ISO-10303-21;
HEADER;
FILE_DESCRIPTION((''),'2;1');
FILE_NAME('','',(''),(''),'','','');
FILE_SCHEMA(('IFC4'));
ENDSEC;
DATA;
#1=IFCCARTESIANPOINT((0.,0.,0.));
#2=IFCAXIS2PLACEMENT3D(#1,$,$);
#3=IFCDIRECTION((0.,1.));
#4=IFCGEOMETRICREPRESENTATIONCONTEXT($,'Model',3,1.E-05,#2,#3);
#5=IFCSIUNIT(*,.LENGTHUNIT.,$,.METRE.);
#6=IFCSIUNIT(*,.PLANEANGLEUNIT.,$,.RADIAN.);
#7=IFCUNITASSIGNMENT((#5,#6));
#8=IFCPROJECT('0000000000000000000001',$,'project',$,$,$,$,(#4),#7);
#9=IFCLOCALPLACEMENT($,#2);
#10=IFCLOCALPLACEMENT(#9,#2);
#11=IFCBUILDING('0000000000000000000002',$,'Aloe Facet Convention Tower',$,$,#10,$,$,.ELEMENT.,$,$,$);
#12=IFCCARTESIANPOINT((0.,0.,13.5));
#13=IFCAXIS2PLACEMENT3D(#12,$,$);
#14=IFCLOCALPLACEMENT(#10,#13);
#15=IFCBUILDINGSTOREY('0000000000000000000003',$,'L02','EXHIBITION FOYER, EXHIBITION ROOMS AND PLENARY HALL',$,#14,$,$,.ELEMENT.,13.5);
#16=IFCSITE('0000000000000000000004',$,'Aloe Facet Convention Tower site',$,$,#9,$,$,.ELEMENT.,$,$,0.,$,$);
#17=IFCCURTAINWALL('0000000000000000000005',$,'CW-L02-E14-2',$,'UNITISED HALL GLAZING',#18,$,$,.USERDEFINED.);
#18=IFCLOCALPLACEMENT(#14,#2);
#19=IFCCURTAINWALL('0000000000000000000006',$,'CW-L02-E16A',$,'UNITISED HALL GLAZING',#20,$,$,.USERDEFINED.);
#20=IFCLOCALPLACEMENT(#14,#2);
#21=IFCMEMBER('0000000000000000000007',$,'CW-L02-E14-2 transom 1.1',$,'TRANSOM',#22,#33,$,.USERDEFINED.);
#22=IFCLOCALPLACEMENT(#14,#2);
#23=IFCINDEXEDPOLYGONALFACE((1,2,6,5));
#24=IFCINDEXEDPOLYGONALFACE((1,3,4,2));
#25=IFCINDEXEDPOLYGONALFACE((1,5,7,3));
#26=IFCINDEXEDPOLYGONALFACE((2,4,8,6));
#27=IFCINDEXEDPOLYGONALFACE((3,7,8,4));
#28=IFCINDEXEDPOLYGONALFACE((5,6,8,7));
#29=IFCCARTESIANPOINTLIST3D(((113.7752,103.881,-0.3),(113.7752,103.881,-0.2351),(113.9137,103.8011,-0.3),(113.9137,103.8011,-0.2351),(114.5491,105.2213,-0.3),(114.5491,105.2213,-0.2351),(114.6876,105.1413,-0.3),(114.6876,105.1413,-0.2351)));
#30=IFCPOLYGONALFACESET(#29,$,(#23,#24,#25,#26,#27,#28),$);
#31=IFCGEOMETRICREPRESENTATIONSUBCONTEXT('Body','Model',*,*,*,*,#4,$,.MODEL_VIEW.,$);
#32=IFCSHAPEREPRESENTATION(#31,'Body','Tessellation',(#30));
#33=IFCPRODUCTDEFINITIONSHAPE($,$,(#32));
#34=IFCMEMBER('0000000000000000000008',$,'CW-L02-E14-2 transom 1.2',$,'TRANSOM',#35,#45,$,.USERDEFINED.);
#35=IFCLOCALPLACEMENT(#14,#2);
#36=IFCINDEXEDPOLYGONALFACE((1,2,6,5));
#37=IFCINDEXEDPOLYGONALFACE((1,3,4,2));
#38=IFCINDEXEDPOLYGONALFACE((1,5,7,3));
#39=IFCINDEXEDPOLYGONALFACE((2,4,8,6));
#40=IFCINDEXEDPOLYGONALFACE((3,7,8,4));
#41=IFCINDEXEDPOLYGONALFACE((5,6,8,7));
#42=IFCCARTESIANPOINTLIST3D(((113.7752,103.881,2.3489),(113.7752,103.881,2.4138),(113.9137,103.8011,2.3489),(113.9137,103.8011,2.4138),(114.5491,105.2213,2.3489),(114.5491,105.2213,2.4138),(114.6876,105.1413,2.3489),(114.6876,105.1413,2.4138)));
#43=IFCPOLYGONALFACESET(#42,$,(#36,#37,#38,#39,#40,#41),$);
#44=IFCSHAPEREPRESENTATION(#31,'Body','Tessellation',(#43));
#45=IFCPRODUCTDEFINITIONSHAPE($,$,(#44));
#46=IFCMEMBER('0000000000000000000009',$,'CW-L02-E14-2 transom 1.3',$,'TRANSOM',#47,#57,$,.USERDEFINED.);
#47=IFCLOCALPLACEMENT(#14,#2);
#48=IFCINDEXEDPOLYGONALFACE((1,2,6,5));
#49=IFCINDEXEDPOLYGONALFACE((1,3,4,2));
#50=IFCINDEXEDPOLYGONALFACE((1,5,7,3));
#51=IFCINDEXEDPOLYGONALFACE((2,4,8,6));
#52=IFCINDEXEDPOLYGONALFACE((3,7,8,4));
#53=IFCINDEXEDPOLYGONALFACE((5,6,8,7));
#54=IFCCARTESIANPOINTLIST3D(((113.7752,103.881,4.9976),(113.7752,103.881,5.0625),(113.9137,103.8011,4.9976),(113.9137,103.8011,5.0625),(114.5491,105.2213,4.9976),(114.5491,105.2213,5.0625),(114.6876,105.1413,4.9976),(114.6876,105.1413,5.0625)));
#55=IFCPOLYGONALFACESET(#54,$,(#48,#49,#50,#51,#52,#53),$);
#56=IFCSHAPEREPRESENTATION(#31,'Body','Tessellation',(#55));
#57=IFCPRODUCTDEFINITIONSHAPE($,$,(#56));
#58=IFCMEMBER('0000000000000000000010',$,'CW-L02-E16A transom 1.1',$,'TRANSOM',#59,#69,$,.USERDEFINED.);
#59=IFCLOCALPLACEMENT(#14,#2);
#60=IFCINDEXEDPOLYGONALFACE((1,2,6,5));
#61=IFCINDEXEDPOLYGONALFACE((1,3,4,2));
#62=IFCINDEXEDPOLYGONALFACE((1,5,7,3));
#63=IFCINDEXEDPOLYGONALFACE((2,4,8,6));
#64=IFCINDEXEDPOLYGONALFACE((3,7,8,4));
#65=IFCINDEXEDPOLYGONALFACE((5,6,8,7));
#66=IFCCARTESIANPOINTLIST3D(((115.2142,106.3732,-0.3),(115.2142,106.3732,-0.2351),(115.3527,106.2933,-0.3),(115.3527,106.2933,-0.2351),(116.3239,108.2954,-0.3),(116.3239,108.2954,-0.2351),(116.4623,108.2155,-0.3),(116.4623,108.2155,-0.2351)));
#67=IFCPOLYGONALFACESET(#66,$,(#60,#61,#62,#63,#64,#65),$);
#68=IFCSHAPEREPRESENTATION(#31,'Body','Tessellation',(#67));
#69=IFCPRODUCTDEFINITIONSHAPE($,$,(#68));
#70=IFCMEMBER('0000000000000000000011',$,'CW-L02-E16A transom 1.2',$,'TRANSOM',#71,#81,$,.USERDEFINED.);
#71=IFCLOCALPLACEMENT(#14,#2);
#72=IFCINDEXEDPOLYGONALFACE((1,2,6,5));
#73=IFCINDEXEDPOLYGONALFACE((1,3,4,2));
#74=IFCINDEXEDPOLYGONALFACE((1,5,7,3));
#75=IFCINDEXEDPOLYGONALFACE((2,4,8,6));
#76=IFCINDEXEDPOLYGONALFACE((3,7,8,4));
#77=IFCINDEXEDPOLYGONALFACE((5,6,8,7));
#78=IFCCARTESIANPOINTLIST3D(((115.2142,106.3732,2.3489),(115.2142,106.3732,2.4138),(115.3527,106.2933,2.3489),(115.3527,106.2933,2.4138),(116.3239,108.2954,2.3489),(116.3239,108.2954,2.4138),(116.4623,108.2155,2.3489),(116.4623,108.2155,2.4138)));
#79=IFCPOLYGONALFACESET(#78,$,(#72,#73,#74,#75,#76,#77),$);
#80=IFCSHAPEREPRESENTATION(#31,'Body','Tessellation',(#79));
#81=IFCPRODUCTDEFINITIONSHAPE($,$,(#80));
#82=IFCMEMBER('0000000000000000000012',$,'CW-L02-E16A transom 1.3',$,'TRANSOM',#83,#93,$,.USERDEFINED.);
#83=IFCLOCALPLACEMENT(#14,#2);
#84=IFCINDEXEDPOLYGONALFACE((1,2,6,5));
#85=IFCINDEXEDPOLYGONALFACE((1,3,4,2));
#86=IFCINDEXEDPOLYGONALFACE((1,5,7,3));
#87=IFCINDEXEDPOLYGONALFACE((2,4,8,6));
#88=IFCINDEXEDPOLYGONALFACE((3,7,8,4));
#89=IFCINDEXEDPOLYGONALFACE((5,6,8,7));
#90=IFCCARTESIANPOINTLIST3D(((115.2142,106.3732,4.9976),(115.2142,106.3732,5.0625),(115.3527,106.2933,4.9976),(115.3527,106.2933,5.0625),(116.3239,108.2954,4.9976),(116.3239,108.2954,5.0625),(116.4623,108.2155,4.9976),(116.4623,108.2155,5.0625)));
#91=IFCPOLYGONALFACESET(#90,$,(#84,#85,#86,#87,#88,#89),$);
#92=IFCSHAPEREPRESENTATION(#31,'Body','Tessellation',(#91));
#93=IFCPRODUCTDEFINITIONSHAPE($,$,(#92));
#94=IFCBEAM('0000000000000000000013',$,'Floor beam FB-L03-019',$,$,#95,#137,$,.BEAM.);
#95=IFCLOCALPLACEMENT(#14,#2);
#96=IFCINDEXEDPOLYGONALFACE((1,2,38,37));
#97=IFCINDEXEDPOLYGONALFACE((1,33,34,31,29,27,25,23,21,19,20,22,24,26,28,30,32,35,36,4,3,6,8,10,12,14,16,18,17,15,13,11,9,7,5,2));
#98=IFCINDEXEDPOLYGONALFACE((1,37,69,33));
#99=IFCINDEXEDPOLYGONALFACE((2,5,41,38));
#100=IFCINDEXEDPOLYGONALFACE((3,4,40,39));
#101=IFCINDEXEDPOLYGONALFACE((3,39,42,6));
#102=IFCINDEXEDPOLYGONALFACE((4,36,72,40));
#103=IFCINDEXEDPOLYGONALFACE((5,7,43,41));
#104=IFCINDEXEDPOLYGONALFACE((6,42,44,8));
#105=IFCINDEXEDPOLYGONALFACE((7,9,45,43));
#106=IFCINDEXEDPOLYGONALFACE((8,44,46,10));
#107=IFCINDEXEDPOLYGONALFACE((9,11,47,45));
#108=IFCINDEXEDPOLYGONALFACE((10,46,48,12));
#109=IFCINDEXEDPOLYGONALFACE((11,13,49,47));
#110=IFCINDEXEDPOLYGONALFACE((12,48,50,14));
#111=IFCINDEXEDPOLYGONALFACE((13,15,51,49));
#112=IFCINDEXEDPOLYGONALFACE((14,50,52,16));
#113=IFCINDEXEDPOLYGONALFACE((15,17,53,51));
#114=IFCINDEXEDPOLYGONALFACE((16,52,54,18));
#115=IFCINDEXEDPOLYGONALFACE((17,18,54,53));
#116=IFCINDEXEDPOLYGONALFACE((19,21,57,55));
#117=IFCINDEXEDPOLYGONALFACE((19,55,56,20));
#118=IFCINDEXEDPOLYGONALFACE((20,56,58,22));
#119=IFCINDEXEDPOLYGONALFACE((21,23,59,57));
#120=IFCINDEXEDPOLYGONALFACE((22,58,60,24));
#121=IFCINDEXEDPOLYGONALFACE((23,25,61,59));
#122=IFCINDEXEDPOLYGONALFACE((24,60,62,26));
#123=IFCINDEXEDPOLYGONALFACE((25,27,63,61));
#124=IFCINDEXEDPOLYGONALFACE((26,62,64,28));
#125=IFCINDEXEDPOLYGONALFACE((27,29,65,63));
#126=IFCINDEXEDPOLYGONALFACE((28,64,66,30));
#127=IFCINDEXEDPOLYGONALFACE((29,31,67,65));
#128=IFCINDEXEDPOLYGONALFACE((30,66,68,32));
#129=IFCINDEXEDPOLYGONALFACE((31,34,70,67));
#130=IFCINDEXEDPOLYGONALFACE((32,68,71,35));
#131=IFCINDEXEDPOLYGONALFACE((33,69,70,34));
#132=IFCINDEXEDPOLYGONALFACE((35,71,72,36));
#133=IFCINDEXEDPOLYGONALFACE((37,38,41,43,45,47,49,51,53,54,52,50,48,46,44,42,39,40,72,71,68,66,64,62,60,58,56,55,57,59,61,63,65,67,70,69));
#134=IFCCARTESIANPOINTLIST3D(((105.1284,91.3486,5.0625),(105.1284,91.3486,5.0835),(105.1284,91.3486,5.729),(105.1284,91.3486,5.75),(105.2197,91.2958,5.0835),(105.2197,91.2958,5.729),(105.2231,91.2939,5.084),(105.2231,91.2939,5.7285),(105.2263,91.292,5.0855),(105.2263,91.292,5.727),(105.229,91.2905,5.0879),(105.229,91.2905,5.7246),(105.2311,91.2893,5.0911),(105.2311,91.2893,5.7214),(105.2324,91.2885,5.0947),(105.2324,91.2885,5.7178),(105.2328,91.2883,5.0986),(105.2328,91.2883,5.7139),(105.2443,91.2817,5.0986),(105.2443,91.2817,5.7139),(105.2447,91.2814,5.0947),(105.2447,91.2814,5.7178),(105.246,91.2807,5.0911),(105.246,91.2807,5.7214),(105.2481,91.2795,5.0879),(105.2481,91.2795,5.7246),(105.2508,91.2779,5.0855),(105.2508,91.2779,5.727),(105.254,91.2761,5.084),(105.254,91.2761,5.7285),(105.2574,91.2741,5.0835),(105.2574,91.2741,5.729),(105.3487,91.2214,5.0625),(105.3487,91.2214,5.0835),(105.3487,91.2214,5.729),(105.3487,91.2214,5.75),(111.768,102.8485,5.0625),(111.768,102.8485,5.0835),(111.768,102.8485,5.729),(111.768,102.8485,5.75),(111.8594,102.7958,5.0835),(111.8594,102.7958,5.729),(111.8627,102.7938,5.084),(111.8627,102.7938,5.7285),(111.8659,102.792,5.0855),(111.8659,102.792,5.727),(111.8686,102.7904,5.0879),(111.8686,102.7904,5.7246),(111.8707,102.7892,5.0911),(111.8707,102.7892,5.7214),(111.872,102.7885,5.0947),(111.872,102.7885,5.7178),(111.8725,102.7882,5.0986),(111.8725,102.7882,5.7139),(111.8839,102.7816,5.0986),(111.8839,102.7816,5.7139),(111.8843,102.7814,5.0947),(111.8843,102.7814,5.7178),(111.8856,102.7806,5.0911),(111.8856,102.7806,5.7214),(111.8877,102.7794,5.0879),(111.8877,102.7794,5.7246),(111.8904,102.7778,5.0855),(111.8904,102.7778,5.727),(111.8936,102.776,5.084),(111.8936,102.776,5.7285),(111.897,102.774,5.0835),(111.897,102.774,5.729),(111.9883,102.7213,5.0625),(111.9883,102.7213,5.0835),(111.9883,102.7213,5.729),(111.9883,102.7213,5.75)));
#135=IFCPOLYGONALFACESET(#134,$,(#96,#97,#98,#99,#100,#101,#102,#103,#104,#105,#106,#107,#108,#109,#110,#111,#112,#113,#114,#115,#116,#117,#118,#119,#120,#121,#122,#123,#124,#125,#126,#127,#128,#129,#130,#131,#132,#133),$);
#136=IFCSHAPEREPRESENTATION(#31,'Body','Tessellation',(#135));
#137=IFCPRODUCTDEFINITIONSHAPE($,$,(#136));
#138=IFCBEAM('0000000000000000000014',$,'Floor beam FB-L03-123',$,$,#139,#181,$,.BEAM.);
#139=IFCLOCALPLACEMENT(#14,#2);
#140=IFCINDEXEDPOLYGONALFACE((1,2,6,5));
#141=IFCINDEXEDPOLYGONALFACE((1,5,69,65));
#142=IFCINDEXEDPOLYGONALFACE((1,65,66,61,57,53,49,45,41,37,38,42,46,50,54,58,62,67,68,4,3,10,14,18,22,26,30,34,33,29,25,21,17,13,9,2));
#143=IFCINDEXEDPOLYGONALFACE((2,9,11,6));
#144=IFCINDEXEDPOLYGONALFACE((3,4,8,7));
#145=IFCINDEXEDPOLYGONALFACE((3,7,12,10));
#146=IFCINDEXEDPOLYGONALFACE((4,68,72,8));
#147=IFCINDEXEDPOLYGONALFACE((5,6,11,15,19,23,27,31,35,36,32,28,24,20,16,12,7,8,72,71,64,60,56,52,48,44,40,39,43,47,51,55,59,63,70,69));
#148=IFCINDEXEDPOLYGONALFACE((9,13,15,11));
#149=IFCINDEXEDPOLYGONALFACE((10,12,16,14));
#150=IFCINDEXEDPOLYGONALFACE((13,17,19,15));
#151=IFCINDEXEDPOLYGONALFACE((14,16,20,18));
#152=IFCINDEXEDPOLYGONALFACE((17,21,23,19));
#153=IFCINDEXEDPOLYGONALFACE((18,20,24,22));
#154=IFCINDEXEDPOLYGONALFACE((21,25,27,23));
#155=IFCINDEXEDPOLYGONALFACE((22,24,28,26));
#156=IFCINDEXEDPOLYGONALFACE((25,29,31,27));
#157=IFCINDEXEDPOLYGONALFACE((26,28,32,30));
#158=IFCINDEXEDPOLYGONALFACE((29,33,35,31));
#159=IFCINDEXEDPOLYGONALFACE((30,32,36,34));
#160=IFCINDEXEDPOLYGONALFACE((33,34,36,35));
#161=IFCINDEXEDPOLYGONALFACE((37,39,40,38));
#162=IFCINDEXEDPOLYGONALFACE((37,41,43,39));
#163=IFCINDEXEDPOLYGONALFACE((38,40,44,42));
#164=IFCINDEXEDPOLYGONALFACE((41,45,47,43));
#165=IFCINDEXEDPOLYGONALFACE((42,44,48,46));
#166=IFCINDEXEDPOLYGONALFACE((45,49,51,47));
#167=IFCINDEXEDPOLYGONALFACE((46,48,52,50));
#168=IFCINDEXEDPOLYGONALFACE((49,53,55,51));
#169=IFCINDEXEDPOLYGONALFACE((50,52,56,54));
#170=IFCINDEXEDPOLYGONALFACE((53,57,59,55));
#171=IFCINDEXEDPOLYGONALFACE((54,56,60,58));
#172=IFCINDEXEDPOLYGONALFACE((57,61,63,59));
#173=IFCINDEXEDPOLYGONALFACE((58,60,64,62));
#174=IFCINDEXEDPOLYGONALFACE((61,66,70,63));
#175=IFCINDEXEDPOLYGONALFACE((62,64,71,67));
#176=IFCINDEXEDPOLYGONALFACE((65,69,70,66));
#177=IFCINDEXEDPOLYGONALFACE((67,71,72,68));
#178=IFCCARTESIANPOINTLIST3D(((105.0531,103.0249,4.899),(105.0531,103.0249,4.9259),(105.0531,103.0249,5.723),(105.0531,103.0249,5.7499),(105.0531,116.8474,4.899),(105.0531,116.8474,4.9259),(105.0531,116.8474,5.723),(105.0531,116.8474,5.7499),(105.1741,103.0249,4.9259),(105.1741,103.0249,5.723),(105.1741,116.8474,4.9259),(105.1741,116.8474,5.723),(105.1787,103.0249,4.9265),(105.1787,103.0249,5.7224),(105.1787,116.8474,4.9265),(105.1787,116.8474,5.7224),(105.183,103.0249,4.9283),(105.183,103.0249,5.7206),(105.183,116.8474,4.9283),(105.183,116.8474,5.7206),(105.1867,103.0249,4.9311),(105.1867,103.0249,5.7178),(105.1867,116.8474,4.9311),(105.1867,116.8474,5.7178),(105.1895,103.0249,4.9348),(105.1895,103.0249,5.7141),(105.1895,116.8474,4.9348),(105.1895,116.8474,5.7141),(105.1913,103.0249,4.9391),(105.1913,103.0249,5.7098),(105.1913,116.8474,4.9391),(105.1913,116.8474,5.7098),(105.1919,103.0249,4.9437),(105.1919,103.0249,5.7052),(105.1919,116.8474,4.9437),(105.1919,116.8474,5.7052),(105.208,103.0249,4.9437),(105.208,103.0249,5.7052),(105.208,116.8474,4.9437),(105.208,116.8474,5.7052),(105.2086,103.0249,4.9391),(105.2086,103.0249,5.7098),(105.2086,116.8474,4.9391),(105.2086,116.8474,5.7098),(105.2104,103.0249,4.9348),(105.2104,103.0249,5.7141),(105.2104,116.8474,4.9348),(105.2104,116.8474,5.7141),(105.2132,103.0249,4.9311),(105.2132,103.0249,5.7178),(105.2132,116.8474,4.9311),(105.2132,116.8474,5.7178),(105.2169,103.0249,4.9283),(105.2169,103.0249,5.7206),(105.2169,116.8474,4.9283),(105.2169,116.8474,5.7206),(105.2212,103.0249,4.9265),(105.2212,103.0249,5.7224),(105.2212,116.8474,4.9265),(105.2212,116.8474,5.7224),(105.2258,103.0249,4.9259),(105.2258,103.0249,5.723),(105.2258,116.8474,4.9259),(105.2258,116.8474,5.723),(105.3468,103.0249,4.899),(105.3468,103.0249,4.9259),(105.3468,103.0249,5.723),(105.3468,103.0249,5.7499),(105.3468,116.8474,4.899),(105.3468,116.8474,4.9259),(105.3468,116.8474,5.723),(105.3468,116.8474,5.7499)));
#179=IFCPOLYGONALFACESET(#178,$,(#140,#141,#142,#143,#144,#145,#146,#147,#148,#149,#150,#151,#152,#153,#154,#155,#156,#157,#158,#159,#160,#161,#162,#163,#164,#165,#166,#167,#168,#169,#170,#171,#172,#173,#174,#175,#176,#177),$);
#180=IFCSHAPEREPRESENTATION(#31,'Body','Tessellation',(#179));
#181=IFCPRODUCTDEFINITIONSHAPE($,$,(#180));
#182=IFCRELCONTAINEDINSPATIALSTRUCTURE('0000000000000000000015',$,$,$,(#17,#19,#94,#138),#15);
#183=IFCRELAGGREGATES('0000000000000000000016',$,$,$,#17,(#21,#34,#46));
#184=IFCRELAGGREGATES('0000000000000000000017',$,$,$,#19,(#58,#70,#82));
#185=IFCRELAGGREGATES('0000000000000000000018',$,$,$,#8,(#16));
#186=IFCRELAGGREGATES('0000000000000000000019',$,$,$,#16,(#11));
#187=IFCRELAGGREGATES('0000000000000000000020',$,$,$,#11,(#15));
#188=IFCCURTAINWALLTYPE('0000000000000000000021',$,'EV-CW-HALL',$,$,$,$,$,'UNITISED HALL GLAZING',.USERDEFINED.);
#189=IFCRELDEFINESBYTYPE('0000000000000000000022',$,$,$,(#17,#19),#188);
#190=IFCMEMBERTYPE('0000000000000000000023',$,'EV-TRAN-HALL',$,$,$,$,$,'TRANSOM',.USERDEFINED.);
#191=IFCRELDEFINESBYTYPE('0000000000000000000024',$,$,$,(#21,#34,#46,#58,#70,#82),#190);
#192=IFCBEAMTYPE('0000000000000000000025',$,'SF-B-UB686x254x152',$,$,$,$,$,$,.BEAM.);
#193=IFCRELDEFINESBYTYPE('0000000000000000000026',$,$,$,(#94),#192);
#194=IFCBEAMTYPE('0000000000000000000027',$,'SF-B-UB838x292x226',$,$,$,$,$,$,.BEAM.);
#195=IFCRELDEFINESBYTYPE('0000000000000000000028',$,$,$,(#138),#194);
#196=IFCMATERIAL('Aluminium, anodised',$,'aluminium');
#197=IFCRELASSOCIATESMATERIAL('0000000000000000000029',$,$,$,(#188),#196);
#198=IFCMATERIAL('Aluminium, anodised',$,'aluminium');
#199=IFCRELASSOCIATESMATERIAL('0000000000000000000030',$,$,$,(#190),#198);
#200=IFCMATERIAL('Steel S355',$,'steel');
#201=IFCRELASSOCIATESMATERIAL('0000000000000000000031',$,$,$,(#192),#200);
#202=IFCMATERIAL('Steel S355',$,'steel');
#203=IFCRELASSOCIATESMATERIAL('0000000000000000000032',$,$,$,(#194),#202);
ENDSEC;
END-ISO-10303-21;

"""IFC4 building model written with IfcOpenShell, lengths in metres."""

from ifc_helpers import new_model, si_unit, direction, frame, origin, origin_2d, place, context, subcontext, project, spatial, rectangle, i_section, extrude, material, material_profile, profile_set, type_object, element, aggregate, save


model = new_model("IFC4")

# Units and contexts
model_context = context("Model", 3, precision=1e-05, world=origin(), true_north=direction((0.0, 1.0)))
body_context = subcontext(model_context, "Body", "Model", "MODEL_VIEW")
ifc_project = project(units=[si_unit("LENGTHUNIT", "METRE"), si_unit("PLANEANGLEUNIT", "RADIAN")], contexts=[model_context])

# Site, building, storey
site_placement = place(None, origin())
site = spatial("IfcSite", under=ifc_project, at=site_placement, Name="Aloe Facet Convention Tower site", CompositionType="ELEMENT", RefElevation=0.0)
building_placement = place(site_placement, origin())
building = spatial("IfcBuilding", under=site, at=building_placement, Name="Aloe Facet Convention Tower", CompositionType="ELEMENT")
storey_placement = place(building_placement, frame((0.0, 0.0, 13.5)))
storey = spatial("IfcBuildingStorey", under=building, at=storey_placement, Name="L02", Description="EXHIBITION FOYER, EXHIBITION ROOMS AND PLENARY HALL", CompositionType="ELEMENT", Elevation=13.5)

# Curtain wall
ifc_material_1 = material(Name="Aluminium, anodised", Category="aluminium")
curtain_wall_type = type_object("IfcCurtainWallType", Name="EV-CW-HALL", ElementType="UNITISED HALL GLAZING", PredefinedType="USERDEFINED", material=ifc_material_1)
curtain_wall_1_placement = place(storey_placement, origin())
curtain_wall_1 = element("IfcCurtainWall", 1, at=curtain_wall_1_placement, inside=storey, type_object=curtain_wall_type, Name="CW-L02-E14-2", ObjectType="UNITISED HALL GLAZING", PredefinedType="USERDEFINED")

# Curtain wall
curtain_wall_2_placement = place(storey_placement, origin())
curtain_wall_2 = element("IfcCurtainWall", 2, at=curtain_wall_2_placement, inside=storey, type_object=curtain_wall_type, Name="CW-L02-E16A", ObjectType="UNITISED HALL GLAZING", PredefinedType="USERDEFINED")

# Members
ifc_material_2 = material(Name="Aluminium, anodised", Category="aluminium")
ifc_material_profile_1 = material_profile(ifc_material_2, rectangle(XDim=0.1599, YDim=0.0649, at=origin_2d()), Name="AL 160x65")
ifc_profile_set_1 = profile_set([ifc_material_profile_1], Name="Aluminium, anodised")
member_type_1 = type_object("IfcMemberType", Name="EV-TRAN-HALL", ElementType="TRANSOM", PredefinedType="USERDEFINED", material=ifc_profile_set_1)
member_1_placement = place(storey_placement, frame((113.8445, 103.8411, -0.2676), z_axis=(0.500041, 0.866002, 0.0), x_axis=(-0.866002, 0.500041, 0.0)))
member_1 = element("IfcMember", 3, at=member_1_placement, type_object=member_type_1, Name="CW-L02-E14-2 transom 1.1", ObjectType="TRANSOM", PredefinedType="USERDEFINED", context=body_context, shape_type="SweptSolid", body=[
    extrude(rectangle(XDim=0.1599, YDim=0.0649, at=origin_2d()), origin(), (0.0, 0.0, 1.0), 1.5476),
])
member_2_placement = place(storey_placement, frame((113.8445, 103.8411, 2.3813), z_axis=(0.500041, 0.866002, 0.0), x_axis=(-0.866002, 0.500041, 0.0)))
member_2 = element("IfcMember", 4, at=member_2_placement, type_object=member_type_1, Name="CW-L02-E14-2 transom 1.2", ObjectType="TRANSOM", PredefinedType="USERDEFINED", context=body_context, shape_type="SweptSolid", body=[
    extrude(rectangle(XDim=0.1599, YDim=0.0649, at=origin_2d()), origin(), (0.0, 0.0, 1.0), 1.5476),
])
member_3_placement = place(storey_placement, frame((113.8445, 103.8411, 5.03), z_axis=(0.500041, 0.866002, 0.0), x_axis=(-0.866002, 0.500041, 0.0)))
member_3 = element("IfcMember", 5, at=member_3_placement, type_object=member_type_1, Name="CW-L02-E14-2 transom 1.3", ObjectType="TRANSOM", PredefinedType="USERDEFINED", context=body_context, shape_type="SweptSolid", body=[
    extrude(rectangle(XDim=0.1599, YDim=0.0649, at=origin_2d()), origin(), (0.0, 0.0, 1.0), 1.5476),
])
member_4_placement = place(storey_placement, frame((115.2834, 106.3333, -0.2676), z_axis=(0.499961, 0.866048, 0.0), x_axis=(-0.866048, 0.499961, 0.0)))
member_4 = element("IfcMember", 6, at=member_4_placement, type_object=member_type_1, Name="CW-L02-E16A transom 1.1", ObjectType="TRANSOM", PredefinedType="USERDEFINED", context=body_context, shape_type="SweptSolid", body=[
    extrude(rectangle(XDim=0.1599, YDim=0.0649, at=origin_2d()), origin(), (0.0, 0.0, 1.0), 2.2195),
])
member_5_placement = place(storey_placement, frame((115.2834, 106.3333, 2.3813), z_axis=(0.499961, 0.866048, 0.0), x_axis=(-0.866048, 0.499961, 0.0)))
member_5 = element("IfcMember", 7, at=member_5_placement, type_object=member_type_1, Name="CW-L02-E16A transom 1.2", ObjectType="TRANSOM", PredefinedType="USERDEFINED", context=body_context, shape_type="SweptSolid", body=[
    extrude(rectangle(XDim=0.1599, YDim=0.0649, at=origin_2d()), origin(), (0.0, 0.0, 1.0), 2.2195),
])
member_6_placement = place(storey_placement, frame((115.2834, 106.3333, 5.03), z_axis=(0.499961, 0.866048, 0.0), x_axis=(-0.866048, 0.499961, 0.0)))
member_6 = element("IfcMember", 8, at=member_6_placement, type_object=member_type_1, Name="CW-L02-E16A transom 1.3", ObjectType="TRANSOM", PredefinedType="USERDEFINED", context=body_context, shape_type="SweptSolid", body=[
    extrude(rectangle(XDim=0.1599, YDim=0.0649, at=origin_2d()), origin(), (0.0, 0.0, 1.0), 2.2195),
])

# Beams
ifc_material_3 = material(Name="Steel S355", Category="steel")
ifc_material_profile_2 = material_profile(ifc_material_3, i_section(OverallWidth=0.2544, OverallDepth=0.6875, WebThickness=0.0132, FlangeThickness=0.021, FilletRadius=0.0151, at=origin_2d()), Name="UB 686x254x152")
ifc_profile_set_2 = profile_set([ifc_material_profile_2], Name="Steel S355")
beam_type_1 = type_object("IfcBeamType", Name="SF-B-UB686x254x152", PredefinedType="BEAM", material=ifc_profile_set_2)
beam_1_placement = place(storey_placement, frame((111.8782, 102.7849, 5.4062), z_axis=(-0.500007, -0.866021, 0.0), x_axis=(0.866021, -0.500007, 0.0)))
element("IfcBeam", 9, at=beam_1_placement, inside=storey, type_object=beam_type_1, Name="Floor beam FB-L03-019", PredefinedType="BEAM", context=body_context, shape_type="SweptSolid", body=[
    extrude(i_section(OverallWidth=0.2544, OverallDepth=0.6875, WebThickness=0.0132, FlangeThickness=0.021, FilletRadius=0.0151, at=origin_2d()), origin(), (0.0, 0.0, 1.0), 13.2791),
])
ifc_material_4 = material(Name="Steel S355", Category="steel")
ifc_material_profile_3 = material_profile(ifc_material_4, i_section(OverallWidth=0.2937, OverallDepth=0.8508, WebThickness=0.0161, FlangeThickness=0.0269, FilletRadius=0.0178, at=origin_2d()), Name="UB 838x292x226")
ifc_profile_set_3 = profile_set([ifc_material_profile_3], Name="Steel S355")
beam_type_2 = type_object("IfcBeamType", Name="SF-B-UB838x292x226", PredefinedType="BEAM", material=ifc_profile_set_3)
beam_2_placement = place(storey_placement, frame((105.2, 103.0249, 5.3245), z_axis=(0.0, 1.0, 0.0), x_axis=(-1.0, 0.0, 0.0)))
element("IfcBeam", 10, at=beam_2_placement, inside=storey, type_object=beam_type_2, Name="Floor beam FB-L03-123", PredefinedType="BEAM", context=body_context, shape_type="SweptSolid", body=[
    extrude(i_section(OverallWidth=0.2937, OverallDepth=0.8508, WebThickness=0.0161, FlangeThickness=0.0269, FilletRadius=0.0178, at=origin_2d()), origin(), (0.0, 0.0, 1.0), 13.8225),
])

aggregate(curtain_wall_1, [member_1, member_2, member_3])
aggregate(curtain_wall_2, [member_4, member_5, member_6])

save(model, "model.ifc")
